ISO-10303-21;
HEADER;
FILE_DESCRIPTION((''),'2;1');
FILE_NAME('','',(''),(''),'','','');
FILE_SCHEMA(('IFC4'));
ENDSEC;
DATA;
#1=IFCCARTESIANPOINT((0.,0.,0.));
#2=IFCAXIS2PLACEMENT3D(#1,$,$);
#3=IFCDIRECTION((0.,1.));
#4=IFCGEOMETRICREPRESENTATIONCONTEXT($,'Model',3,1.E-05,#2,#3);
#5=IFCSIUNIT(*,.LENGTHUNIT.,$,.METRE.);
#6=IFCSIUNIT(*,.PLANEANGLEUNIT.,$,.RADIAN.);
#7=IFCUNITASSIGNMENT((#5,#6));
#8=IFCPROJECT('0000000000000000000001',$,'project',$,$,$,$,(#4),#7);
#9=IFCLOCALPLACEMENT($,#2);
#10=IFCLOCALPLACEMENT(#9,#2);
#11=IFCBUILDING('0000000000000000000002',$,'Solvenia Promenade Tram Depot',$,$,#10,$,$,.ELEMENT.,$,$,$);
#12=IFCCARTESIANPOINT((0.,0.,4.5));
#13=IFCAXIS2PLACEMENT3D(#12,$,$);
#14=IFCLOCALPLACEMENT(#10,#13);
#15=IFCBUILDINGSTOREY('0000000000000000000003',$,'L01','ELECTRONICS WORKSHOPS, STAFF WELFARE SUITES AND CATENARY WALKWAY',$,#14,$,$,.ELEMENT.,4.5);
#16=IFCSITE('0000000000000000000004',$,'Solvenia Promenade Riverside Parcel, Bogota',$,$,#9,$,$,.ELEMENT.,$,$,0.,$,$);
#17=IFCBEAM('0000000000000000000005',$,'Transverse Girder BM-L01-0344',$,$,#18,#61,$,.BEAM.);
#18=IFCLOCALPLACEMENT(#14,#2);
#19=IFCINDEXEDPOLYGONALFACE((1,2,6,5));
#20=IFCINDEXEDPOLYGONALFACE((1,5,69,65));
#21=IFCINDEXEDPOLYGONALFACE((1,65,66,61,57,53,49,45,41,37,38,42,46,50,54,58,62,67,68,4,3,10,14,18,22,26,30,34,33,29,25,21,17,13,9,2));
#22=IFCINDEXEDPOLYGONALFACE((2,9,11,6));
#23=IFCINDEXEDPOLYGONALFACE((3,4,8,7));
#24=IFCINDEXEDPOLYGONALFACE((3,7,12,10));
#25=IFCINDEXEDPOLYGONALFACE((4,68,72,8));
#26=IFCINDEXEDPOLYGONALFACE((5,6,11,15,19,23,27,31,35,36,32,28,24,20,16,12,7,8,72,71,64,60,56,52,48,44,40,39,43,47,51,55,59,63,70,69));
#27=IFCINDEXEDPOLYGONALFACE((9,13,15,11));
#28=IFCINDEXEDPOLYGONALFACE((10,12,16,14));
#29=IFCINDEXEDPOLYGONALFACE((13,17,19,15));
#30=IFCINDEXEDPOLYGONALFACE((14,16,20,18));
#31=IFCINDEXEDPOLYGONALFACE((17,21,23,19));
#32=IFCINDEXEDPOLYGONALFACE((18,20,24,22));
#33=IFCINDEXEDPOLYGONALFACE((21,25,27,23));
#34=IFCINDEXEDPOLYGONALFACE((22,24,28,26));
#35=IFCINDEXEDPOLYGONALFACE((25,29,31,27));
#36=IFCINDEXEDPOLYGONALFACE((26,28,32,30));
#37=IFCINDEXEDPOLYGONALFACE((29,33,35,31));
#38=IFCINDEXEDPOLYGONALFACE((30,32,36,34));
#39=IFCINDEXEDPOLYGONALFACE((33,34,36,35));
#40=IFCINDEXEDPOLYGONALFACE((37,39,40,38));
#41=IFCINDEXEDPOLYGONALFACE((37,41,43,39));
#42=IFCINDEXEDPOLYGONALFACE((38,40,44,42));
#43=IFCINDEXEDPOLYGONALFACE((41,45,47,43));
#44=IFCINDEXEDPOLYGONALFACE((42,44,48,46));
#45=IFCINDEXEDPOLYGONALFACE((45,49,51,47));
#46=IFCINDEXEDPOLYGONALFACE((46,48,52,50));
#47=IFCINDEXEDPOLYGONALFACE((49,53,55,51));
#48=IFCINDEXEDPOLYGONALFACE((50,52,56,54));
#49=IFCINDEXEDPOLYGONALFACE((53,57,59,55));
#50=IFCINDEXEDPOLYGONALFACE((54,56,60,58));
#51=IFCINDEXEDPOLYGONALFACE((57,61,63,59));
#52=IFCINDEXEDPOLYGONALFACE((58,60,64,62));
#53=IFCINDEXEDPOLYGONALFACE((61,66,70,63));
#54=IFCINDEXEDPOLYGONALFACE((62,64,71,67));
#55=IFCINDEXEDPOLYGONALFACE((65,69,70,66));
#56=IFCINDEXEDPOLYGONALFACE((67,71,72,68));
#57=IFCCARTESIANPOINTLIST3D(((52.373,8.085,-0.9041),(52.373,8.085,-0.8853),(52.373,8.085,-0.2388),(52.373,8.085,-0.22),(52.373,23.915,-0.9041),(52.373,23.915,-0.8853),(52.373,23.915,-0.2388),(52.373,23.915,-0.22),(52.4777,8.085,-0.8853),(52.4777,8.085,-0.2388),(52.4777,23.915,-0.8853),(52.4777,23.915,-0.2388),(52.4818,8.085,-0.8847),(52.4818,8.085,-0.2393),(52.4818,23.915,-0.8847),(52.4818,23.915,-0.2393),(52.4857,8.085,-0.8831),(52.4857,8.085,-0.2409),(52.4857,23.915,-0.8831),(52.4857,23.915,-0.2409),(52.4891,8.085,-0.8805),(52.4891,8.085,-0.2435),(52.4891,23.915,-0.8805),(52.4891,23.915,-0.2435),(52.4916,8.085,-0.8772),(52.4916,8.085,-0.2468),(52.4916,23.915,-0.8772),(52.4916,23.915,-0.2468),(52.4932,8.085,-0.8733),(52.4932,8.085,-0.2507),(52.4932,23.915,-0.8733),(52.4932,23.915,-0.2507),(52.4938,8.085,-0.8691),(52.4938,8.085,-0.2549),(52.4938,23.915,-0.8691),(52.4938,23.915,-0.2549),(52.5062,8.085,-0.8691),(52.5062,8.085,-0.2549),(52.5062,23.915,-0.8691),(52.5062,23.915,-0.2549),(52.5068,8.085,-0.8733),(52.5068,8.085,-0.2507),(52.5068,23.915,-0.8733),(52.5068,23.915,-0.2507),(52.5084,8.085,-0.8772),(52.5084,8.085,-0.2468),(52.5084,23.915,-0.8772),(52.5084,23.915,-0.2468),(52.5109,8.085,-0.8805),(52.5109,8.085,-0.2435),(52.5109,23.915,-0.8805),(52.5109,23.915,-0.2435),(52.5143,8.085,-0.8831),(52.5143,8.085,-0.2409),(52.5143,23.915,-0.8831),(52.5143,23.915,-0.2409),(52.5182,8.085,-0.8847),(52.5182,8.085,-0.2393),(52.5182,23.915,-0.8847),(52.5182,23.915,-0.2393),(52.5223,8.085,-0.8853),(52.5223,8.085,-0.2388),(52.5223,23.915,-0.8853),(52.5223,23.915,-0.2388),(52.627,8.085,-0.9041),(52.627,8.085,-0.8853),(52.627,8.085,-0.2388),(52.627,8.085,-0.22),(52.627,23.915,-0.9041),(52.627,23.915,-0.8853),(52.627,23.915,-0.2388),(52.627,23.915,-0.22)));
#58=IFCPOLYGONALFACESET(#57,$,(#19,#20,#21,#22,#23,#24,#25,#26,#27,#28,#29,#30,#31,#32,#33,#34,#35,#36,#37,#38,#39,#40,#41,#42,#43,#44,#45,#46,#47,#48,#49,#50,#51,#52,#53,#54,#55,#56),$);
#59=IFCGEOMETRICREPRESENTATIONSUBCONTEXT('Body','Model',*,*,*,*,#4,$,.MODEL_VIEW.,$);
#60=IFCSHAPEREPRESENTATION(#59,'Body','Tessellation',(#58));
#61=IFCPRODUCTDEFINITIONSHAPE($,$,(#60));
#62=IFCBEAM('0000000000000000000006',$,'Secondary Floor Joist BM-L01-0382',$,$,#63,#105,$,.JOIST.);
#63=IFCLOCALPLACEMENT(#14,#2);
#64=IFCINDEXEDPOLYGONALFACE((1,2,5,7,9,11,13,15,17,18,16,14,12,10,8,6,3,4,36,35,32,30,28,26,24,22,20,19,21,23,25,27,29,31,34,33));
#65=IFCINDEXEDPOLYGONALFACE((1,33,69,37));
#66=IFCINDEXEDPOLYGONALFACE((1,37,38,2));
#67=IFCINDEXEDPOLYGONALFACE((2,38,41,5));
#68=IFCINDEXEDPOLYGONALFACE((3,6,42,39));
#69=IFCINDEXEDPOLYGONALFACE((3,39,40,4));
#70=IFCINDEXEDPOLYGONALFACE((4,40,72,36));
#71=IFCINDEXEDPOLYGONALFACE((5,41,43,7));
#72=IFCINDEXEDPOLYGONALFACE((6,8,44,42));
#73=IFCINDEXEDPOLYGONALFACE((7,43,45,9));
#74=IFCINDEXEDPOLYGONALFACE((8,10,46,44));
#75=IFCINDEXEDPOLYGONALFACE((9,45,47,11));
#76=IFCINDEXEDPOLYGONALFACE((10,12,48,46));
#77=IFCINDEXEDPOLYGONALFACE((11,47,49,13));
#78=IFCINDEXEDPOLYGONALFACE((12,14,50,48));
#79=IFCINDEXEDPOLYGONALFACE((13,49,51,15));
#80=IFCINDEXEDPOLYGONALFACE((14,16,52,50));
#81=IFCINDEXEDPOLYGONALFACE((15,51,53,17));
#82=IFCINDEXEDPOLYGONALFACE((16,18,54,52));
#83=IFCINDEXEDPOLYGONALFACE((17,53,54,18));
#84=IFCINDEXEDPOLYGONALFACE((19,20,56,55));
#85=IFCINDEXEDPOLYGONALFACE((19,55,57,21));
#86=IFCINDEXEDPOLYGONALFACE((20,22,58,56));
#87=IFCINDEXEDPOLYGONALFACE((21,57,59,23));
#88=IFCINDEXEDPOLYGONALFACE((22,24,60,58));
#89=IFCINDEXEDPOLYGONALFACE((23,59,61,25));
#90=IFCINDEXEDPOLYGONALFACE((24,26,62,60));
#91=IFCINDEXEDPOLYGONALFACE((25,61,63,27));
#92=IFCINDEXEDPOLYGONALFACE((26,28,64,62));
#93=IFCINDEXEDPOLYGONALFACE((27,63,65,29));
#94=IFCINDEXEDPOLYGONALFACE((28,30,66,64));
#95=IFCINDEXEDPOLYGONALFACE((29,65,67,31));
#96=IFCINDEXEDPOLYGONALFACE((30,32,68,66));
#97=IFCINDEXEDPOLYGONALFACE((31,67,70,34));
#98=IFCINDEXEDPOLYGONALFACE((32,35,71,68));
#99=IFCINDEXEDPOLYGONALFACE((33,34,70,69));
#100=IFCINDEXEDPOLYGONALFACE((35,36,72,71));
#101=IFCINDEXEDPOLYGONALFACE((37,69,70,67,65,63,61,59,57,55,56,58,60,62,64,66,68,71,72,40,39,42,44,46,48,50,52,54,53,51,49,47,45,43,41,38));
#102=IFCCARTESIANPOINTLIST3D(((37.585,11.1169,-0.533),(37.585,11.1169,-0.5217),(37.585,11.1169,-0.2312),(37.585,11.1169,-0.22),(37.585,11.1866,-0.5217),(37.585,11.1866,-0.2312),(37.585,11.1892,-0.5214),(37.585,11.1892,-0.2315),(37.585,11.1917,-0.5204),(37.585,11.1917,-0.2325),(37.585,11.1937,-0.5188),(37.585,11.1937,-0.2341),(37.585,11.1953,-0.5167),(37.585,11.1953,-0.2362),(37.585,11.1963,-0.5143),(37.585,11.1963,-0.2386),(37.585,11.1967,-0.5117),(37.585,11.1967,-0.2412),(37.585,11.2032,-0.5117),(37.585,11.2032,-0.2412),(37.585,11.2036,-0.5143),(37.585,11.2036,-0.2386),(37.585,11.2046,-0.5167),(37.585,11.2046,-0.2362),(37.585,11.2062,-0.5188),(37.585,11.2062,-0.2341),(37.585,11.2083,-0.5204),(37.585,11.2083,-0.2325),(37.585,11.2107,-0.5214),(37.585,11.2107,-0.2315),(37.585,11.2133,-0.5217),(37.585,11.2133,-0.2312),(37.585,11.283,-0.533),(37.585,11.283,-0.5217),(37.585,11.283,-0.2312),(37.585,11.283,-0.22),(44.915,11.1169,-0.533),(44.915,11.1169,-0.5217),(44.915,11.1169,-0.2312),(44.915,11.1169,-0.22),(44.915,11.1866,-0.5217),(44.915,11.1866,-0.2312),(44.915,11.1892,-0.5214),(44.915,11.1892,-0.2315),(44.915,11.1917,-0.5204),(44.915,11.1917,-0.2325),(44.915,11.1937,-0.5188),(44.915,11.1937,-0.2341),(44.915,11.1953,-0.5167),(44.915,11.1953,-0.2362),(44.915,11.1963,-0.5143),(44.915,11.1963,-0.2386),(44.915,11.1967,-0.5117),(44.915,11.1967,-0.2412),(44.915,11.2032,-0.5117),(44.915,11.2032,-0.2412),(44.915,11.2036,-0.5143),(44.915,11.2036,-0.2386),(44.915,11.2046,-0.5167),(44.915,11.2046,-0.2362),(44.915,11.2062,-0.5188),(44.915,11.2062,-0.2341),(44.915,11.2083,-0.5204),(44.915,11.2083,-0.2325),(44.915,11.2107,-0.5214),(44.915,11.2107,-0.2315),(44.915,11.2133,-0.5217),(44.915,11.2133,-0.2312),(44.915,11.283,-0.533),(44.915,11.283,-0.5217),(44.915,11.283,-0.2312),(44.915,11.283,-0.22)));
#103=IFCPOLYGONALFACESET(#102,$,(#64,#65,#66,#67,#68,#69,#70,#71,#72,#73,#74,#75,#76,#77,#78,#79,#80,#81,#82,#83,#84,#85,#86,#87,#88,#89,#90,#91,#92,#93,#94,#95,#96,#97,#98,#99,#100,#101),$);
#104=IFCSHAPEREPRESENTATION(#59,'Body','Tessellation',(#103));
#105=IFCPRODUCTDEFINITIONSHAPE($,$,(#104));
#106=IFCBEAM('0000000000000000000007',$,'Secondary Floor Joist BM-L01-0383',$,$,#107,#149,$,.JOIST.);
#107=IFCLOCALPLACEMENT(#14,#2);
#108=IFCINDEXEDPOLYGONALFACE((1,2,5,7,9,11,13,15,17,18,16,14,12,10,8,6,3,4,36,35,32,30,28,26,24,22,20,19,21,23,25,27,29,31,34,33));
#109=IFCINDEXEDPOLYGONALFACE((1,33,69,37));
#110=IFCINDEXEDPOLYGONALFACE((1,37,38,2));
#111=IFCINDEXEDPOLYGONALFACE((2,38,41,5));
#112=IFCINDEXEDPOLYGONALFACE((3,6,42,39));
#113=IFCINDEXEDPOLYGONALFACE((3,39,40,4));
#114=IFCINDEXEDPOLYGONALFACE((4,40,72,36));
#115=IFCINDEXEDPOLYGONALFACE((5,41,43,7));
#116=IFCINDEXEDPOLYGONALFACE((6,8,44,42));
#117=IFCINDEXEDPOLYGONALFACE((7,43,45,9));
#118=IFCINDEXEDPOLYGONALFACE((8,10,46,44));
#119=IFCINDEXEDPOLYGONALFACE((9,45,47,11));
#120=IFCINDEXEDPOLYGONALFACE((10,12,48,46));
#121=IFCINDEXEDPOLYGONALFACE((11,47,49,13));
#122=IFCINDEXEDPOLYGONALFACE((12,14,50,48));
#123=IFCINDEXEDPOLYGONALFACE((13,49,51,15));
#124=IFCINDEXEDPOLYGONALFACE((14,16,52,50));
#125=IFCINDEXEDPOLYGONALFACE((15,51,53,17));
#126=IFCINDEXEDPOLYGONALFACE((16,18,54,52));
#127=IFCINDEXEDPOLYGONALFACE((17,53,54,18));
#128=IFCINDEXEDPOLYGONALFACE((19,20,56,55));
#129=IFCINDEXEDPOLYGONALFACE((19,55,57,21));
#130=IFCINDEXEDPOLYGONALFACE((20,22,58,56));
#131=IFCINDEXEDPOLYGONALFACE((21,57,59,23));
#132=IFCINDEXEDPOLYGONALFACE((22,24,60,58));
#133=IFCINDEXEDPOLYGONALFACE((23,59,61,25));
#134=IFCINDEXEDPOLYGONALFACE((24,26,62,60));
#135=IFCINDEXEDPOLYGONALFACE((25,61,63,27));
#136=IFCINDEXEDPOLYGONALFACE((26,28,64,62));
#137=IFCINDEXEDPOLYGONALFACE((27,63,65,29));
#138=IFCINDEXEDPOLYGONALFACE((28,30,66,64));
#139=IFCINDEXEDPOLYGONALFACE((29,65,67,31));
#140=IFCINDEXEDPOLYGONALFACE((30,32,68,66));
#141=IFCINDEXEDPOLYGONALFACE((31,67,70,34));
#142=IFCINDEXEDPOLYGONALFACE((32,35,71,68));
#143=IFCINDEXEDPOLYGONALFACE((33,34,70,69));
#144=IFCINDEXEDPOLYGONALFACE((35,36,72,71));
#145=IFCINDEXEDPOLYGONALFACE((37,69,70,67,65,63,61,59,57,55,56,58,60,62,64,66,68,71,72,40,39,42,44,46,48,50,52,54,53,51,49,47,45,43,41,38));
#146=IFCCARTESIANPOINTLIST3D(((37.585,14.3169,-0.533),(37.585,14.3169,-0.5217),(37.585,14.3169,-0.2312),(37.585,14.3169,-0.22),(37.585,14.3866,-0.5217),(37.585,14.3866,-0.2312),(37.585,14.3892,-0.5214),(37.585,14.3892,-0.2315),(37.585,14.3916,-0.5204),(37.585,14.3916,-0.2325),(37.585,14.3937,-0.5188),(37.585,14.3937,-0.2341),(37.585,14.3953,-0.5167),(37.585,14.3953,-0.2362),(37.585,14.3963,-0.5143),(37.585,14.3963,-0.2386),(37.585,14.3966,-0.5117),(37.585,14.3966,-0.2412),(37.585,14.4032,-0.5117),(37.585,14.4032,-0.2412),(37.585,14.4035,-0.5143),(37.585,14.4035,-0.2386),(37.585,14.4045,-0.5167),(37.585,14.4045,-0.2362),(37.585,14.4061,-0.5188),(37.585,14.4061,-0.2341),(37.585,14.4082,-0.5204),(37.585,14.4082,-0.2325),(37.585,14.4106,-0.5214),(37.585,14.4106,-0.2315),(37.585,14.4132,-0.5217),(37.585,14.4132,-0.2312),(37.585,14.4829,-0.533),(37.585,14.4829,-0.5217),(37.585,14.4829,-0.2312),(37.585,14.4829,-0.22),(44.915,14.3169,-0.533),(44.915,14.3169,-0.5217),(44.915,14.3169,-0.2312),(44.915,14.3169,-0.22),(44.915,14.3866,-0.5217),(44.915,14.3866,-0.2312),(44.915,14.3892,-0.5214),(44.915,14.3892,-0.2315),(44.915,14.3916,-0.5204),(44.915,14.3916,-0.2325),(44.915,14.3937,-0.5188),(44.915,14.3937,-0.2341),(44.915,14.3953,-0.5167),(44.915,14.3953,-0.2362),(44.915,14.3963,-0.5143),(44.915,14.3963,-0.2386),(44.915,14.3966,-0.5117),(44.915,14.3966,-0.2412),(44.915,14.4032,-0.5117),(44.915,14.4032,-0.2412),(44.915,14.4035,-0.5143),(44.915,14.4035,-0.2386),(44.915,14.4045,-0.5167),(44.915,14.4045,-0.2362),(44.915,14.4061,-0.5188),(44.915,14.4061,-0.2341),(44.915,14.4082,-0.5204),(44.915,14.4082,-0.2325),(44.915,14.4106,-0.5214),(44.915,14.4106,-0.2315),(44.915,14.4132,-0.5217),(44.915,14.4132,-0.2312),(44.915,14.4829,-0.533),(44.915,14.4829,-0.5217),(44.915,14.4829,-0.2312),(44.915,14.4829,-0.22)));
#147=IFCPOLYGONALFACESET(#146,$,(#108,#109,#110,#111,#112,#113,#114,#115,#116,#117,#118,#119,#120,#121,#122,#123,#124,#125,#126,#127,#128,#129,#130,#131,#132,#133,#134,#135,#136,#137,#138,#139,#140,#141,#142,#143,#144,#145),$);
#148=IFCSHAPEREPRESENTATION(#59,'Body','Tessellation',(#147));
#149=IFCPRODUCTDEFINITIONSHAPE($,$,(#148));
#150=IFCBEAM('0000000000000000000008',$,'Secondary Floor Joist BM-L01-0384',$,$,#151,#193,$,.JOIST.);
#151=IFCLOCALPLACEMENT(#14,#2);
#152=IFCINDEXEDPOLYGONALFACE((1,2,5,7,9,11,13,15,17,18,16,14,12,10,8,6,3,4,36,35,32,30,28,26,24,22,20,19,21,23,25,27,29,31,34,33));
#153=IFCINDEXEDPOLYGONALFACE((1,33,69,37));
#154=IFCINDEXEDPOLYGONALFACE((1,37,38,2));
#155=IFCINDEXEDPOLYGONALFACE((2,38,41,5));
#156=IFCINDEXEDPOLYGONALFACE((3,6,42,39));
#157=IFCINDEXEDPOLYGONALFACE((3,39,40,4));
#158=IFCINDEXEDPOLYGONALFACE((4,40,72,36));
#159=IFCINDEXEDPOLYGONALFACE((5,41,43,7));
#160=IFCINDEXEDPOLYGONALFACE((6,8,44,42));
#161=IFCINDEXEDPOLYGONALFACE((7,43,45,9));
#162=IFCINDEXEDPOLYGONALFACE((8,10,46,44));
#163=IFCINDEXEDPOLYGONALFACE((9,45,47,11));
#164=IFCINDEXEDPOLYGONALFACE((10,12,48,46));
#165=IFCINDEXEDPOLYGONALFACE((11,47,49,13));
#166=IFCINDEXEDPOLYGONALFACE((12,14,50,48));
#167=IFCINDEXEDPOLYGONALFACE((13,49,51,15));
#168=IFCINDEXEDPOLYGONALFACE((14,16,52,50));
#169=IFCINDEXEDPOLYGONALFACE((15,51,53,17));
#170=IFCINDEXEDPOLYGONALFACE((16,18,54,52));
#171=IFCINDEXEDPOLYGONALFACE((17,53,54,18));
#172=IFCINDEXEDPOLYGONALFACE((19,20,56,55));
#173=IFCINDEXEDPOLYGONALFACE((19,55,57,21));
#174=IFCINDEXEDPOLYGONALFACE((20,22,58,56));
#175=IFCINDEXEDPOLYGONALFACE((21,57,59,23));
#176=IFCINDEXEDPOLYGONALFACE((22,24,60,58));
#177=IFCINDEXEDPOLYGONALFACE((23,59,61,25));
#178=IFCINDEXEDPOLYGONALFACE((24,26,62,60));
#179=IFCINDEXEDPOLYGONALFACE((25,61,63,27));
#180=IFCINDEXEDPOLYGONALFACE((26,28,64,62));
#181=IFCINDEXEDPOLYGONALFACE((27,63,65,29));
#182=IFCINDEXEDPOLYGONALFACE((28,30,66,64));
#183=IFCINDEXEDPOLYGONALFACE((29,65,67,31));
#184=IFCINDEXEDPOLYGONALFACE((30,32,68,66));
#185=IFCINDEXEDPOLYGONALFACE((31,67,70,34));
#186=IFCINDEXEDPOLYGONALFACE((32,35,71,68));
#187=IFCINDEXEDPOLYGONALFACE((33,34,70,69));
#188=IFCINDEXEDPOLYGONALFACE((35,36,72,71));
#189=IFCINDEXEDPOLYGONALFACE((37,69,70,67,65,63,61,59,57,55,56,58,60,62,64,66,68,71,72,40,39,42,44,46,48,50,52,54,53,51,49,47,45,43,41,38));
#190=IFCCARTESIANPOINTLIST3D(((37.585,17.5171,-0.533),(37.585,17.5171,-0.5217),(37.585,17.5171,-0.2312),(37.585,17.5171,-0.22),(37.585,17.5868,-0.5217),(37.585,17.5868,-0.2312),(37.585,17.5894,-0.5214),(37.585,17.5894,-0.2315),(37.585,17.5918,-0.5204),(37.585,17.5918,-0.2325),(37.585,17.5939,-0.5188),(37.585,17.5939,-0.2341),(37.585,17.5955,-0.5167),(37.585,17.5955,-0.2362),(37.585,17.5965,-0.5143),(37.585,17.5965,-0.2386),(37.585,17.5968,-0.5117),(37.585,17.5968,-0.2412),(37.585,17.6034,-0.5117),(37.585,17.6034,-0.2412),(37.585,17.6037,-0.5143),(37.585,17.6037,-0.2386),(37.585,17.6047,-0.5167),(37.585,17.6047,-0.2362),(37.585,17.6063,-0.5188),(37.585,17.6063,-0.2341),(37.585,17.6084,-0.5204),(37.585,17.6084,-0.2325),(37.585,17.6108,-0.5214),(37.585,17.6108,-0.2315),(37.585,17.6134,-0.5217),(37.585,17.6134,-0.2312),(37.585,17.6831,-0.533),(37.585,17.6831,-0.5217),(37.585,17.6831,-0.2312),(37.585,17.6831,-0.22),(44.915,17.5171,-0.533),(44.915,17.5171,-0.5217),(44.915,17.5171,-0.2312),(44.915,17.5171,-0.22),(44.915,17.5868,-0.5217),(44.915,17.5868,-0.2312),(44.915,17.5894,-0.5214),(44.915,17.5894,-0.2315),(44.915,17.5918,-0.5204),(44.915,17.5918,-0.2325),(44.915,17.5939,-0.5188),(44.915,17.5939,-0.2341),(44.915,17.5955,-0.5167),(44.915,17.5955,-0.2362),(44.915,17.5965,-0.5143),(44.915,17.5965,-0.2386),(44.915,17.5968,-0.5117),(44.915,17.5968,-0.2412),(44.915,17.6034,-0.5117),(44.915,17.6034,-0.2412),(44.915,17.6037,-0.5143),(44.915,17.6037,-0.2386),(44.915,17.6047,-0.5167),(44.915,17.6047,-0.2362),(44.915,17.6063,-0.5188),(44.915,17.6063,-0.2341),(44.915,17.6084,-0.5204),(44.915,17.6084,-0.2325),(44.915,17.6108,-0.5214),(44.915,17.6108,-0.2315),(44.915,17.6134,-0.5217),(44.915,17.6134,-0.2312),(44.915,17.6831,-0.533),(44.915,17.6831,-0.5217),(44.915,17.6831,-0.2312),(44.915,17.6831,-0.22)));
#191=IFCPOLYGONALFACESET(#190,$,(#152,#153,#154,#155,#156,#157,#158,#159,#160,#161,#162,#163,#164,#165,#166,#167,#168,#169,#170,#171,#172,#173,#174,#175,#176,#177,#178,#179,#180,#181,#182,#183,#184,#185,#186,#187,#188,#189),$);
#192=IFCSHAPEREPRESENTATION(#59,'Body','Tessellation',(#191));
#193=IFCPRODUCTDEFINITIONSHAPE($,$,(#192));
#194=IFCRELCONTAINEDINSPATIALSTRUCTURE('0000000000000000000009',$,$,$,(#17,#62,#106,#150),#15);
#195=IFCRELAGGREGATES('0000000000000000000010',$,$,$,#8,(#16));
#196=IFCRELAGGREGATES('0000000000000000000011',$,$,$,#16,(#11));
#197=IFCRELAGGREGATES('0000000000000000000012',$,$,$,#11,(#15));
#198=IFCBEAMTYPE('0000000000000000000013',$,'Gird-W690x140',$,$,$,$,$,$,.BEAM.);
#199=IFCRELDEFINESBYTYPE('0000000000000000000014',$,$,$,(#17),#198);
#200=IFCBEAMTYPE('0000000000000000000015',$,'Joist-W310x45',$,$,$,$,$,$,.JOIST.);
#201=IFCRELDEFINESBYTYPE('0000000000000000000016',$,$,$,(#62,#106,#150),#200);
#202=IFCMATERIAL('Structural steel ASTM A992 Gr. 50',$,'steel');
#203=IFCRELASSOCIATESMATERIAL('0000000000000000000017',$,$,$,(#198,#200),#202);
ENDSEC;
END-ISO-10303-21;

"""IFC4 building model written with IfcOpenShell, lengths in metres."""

from ifc_helpers import new_model, si_unit, direction, frame, origin, origin_2d, place, context, subcontext, project, spatial, i_section, extrude, material, material_profile, profile_set, type_object, element, save


model = new_model("IFC4")

# Units and contexts
model_context = context("Model", 3, precision=1e-05, world=origin(), true_north=direction((0.0, 1.0)))
body_context = subcontext(model_context, "Body", "Model", "MODEL_VIEW")
ifc_project = project(units=[si_unit("LENGTHUNIT", "METRE"), si_unit("PLANEANGLEUNIT", "RADIAN")], contexts=[model_context])

# Site, building, storey
site_placement = place(None, origin())
site = spatial("IfcSite", under=ifc_project, at=site_placement, Name="Solvenia Promenade Riverside Parcel, Bogota", CompositionType="ELEMENT", RefElevation=0.0)
building_placement = place(site_placement, origin())
building = spatial("IfcBuilding", under=site, at=building_placement, Name="Solvenia Promenade Tram Depot", CompositionType="ELEMENT")
storey_placement = place(building_placement, frame((0.0, 0.0, 4.5)))
storey = spatial("IfcBuildingStorey", under=building, at=storey_placement, Name="L01", Description="ELECTRONICS WORKSHOPS, STAFF WELFARE SUITES AND CATENARY WALKWAY", CompositionType="ELEMENT", Elevation=4.5)

# Shared definitions
ifc_material_1 = material(Name="Structural steel ASTM A992 Gr. 50", Category="steel")

# Beams
ifc_material_profile_1 = material_profile(ifc_material_1, i_section(OverallWidth=0.2539, OverallDepth=0.6841, WebThickness=0.0125, FlangeThickness=0.0188, FilletRadius=0.0161, at=origin_2d()), Name="W690x140", Category="steel")
ifc_profile_set_1 = profile_set([ifc_material_profile_1], Name="Structural steel ASTM A992 Gr. 50")
beam_type_1 = type_object("IfcBeamType", Name="Gird-W690x140", PredefinedType="BEAM", material=ifc_profile_set_1)
for number, where, z_axis, x_axis, name in (
    (1, (52.5, 8.085, -0.562), (0.0, 1.0, 0.0), (-1.0, 0.0, 0.0), "Transverse Girder BM-L01-0344"),
):
    element("IfcBeam", number, at=place(storey_placement, frame(where, z_axis=z_axis, x_axis=x_axis)), inside=storey, type_object=beam_type_1, Name=name, PredefinedType="BEAM", context=body_context, shape_type="SweptSolid", body=[
        extrude(i_section(OverallWidth=0.2539, OverallDepth=0.6841, WebThickness=0.0125, FlangeThickness=0.0188, FilletRadius=0.0161, at=origin_2d()), origin(), (0.0, 0.0, 1.0), 15.8301),
    ])
ifc_material_profile_2 = material_profile(ifc_material_1, i_section(OverallWidth=0.166, OverallDepth=0.313, WebThickness=0.0066, FlangeThickness=0.0112, FilletRadius=0.01, at=origin_2d()), Name="W310x45", Category="steel")
ifc_profile_set_2 = profile_set([ifc_material_profile_2], Name="Structural steel ASTM A992 Gr. 50")
beam_type_2 = type_object("IfcBeamType", Name="Joist-W310x45", PredefinedType="JOIST", material=ifc_profile_set_2)
for number, where, z_axis, x_axis, name in (
    (2, (37.585, 11.2, -0.3765), (1.0, 0.0, 0.0), (0.0, 1.0, 0.0), "Secondary Floor Joist BM-L01-0382"),
    (3, (37.585, 14.3999, -0.3765), (1.0, 0.0, 0.0), (0.0, 1.0, 0.0), "Secondary Floor Joist BM-L01-0383"),
    (4, (37.585, 17.6001, -0.3765), (1.0, 0.0, 0.0), (0.0, 1.0, 0.0), "Secondary Floor Joist BM-L01-0384"),
):
    element("IfcBeam", number, at=place(storey_placement, frame(where, z_axis=z_axis, x_axis=x_axis)), inside=storey, type_object=beam_type_2, Name=name, PredefinedType="JOIST", context=body_context, shape_type="SweptSolid", body=[
        extrude(i_section(OverallWidth=0.166, OverallDepth=0.313, WebThickness=0.0066, FlangeThickness=0.0112, FilletRadius=0.01, at=origin_2d()), origin(), (0.0, 0.0, 1.0), 7.3301),
    ])

save(model, "model.ifc")
